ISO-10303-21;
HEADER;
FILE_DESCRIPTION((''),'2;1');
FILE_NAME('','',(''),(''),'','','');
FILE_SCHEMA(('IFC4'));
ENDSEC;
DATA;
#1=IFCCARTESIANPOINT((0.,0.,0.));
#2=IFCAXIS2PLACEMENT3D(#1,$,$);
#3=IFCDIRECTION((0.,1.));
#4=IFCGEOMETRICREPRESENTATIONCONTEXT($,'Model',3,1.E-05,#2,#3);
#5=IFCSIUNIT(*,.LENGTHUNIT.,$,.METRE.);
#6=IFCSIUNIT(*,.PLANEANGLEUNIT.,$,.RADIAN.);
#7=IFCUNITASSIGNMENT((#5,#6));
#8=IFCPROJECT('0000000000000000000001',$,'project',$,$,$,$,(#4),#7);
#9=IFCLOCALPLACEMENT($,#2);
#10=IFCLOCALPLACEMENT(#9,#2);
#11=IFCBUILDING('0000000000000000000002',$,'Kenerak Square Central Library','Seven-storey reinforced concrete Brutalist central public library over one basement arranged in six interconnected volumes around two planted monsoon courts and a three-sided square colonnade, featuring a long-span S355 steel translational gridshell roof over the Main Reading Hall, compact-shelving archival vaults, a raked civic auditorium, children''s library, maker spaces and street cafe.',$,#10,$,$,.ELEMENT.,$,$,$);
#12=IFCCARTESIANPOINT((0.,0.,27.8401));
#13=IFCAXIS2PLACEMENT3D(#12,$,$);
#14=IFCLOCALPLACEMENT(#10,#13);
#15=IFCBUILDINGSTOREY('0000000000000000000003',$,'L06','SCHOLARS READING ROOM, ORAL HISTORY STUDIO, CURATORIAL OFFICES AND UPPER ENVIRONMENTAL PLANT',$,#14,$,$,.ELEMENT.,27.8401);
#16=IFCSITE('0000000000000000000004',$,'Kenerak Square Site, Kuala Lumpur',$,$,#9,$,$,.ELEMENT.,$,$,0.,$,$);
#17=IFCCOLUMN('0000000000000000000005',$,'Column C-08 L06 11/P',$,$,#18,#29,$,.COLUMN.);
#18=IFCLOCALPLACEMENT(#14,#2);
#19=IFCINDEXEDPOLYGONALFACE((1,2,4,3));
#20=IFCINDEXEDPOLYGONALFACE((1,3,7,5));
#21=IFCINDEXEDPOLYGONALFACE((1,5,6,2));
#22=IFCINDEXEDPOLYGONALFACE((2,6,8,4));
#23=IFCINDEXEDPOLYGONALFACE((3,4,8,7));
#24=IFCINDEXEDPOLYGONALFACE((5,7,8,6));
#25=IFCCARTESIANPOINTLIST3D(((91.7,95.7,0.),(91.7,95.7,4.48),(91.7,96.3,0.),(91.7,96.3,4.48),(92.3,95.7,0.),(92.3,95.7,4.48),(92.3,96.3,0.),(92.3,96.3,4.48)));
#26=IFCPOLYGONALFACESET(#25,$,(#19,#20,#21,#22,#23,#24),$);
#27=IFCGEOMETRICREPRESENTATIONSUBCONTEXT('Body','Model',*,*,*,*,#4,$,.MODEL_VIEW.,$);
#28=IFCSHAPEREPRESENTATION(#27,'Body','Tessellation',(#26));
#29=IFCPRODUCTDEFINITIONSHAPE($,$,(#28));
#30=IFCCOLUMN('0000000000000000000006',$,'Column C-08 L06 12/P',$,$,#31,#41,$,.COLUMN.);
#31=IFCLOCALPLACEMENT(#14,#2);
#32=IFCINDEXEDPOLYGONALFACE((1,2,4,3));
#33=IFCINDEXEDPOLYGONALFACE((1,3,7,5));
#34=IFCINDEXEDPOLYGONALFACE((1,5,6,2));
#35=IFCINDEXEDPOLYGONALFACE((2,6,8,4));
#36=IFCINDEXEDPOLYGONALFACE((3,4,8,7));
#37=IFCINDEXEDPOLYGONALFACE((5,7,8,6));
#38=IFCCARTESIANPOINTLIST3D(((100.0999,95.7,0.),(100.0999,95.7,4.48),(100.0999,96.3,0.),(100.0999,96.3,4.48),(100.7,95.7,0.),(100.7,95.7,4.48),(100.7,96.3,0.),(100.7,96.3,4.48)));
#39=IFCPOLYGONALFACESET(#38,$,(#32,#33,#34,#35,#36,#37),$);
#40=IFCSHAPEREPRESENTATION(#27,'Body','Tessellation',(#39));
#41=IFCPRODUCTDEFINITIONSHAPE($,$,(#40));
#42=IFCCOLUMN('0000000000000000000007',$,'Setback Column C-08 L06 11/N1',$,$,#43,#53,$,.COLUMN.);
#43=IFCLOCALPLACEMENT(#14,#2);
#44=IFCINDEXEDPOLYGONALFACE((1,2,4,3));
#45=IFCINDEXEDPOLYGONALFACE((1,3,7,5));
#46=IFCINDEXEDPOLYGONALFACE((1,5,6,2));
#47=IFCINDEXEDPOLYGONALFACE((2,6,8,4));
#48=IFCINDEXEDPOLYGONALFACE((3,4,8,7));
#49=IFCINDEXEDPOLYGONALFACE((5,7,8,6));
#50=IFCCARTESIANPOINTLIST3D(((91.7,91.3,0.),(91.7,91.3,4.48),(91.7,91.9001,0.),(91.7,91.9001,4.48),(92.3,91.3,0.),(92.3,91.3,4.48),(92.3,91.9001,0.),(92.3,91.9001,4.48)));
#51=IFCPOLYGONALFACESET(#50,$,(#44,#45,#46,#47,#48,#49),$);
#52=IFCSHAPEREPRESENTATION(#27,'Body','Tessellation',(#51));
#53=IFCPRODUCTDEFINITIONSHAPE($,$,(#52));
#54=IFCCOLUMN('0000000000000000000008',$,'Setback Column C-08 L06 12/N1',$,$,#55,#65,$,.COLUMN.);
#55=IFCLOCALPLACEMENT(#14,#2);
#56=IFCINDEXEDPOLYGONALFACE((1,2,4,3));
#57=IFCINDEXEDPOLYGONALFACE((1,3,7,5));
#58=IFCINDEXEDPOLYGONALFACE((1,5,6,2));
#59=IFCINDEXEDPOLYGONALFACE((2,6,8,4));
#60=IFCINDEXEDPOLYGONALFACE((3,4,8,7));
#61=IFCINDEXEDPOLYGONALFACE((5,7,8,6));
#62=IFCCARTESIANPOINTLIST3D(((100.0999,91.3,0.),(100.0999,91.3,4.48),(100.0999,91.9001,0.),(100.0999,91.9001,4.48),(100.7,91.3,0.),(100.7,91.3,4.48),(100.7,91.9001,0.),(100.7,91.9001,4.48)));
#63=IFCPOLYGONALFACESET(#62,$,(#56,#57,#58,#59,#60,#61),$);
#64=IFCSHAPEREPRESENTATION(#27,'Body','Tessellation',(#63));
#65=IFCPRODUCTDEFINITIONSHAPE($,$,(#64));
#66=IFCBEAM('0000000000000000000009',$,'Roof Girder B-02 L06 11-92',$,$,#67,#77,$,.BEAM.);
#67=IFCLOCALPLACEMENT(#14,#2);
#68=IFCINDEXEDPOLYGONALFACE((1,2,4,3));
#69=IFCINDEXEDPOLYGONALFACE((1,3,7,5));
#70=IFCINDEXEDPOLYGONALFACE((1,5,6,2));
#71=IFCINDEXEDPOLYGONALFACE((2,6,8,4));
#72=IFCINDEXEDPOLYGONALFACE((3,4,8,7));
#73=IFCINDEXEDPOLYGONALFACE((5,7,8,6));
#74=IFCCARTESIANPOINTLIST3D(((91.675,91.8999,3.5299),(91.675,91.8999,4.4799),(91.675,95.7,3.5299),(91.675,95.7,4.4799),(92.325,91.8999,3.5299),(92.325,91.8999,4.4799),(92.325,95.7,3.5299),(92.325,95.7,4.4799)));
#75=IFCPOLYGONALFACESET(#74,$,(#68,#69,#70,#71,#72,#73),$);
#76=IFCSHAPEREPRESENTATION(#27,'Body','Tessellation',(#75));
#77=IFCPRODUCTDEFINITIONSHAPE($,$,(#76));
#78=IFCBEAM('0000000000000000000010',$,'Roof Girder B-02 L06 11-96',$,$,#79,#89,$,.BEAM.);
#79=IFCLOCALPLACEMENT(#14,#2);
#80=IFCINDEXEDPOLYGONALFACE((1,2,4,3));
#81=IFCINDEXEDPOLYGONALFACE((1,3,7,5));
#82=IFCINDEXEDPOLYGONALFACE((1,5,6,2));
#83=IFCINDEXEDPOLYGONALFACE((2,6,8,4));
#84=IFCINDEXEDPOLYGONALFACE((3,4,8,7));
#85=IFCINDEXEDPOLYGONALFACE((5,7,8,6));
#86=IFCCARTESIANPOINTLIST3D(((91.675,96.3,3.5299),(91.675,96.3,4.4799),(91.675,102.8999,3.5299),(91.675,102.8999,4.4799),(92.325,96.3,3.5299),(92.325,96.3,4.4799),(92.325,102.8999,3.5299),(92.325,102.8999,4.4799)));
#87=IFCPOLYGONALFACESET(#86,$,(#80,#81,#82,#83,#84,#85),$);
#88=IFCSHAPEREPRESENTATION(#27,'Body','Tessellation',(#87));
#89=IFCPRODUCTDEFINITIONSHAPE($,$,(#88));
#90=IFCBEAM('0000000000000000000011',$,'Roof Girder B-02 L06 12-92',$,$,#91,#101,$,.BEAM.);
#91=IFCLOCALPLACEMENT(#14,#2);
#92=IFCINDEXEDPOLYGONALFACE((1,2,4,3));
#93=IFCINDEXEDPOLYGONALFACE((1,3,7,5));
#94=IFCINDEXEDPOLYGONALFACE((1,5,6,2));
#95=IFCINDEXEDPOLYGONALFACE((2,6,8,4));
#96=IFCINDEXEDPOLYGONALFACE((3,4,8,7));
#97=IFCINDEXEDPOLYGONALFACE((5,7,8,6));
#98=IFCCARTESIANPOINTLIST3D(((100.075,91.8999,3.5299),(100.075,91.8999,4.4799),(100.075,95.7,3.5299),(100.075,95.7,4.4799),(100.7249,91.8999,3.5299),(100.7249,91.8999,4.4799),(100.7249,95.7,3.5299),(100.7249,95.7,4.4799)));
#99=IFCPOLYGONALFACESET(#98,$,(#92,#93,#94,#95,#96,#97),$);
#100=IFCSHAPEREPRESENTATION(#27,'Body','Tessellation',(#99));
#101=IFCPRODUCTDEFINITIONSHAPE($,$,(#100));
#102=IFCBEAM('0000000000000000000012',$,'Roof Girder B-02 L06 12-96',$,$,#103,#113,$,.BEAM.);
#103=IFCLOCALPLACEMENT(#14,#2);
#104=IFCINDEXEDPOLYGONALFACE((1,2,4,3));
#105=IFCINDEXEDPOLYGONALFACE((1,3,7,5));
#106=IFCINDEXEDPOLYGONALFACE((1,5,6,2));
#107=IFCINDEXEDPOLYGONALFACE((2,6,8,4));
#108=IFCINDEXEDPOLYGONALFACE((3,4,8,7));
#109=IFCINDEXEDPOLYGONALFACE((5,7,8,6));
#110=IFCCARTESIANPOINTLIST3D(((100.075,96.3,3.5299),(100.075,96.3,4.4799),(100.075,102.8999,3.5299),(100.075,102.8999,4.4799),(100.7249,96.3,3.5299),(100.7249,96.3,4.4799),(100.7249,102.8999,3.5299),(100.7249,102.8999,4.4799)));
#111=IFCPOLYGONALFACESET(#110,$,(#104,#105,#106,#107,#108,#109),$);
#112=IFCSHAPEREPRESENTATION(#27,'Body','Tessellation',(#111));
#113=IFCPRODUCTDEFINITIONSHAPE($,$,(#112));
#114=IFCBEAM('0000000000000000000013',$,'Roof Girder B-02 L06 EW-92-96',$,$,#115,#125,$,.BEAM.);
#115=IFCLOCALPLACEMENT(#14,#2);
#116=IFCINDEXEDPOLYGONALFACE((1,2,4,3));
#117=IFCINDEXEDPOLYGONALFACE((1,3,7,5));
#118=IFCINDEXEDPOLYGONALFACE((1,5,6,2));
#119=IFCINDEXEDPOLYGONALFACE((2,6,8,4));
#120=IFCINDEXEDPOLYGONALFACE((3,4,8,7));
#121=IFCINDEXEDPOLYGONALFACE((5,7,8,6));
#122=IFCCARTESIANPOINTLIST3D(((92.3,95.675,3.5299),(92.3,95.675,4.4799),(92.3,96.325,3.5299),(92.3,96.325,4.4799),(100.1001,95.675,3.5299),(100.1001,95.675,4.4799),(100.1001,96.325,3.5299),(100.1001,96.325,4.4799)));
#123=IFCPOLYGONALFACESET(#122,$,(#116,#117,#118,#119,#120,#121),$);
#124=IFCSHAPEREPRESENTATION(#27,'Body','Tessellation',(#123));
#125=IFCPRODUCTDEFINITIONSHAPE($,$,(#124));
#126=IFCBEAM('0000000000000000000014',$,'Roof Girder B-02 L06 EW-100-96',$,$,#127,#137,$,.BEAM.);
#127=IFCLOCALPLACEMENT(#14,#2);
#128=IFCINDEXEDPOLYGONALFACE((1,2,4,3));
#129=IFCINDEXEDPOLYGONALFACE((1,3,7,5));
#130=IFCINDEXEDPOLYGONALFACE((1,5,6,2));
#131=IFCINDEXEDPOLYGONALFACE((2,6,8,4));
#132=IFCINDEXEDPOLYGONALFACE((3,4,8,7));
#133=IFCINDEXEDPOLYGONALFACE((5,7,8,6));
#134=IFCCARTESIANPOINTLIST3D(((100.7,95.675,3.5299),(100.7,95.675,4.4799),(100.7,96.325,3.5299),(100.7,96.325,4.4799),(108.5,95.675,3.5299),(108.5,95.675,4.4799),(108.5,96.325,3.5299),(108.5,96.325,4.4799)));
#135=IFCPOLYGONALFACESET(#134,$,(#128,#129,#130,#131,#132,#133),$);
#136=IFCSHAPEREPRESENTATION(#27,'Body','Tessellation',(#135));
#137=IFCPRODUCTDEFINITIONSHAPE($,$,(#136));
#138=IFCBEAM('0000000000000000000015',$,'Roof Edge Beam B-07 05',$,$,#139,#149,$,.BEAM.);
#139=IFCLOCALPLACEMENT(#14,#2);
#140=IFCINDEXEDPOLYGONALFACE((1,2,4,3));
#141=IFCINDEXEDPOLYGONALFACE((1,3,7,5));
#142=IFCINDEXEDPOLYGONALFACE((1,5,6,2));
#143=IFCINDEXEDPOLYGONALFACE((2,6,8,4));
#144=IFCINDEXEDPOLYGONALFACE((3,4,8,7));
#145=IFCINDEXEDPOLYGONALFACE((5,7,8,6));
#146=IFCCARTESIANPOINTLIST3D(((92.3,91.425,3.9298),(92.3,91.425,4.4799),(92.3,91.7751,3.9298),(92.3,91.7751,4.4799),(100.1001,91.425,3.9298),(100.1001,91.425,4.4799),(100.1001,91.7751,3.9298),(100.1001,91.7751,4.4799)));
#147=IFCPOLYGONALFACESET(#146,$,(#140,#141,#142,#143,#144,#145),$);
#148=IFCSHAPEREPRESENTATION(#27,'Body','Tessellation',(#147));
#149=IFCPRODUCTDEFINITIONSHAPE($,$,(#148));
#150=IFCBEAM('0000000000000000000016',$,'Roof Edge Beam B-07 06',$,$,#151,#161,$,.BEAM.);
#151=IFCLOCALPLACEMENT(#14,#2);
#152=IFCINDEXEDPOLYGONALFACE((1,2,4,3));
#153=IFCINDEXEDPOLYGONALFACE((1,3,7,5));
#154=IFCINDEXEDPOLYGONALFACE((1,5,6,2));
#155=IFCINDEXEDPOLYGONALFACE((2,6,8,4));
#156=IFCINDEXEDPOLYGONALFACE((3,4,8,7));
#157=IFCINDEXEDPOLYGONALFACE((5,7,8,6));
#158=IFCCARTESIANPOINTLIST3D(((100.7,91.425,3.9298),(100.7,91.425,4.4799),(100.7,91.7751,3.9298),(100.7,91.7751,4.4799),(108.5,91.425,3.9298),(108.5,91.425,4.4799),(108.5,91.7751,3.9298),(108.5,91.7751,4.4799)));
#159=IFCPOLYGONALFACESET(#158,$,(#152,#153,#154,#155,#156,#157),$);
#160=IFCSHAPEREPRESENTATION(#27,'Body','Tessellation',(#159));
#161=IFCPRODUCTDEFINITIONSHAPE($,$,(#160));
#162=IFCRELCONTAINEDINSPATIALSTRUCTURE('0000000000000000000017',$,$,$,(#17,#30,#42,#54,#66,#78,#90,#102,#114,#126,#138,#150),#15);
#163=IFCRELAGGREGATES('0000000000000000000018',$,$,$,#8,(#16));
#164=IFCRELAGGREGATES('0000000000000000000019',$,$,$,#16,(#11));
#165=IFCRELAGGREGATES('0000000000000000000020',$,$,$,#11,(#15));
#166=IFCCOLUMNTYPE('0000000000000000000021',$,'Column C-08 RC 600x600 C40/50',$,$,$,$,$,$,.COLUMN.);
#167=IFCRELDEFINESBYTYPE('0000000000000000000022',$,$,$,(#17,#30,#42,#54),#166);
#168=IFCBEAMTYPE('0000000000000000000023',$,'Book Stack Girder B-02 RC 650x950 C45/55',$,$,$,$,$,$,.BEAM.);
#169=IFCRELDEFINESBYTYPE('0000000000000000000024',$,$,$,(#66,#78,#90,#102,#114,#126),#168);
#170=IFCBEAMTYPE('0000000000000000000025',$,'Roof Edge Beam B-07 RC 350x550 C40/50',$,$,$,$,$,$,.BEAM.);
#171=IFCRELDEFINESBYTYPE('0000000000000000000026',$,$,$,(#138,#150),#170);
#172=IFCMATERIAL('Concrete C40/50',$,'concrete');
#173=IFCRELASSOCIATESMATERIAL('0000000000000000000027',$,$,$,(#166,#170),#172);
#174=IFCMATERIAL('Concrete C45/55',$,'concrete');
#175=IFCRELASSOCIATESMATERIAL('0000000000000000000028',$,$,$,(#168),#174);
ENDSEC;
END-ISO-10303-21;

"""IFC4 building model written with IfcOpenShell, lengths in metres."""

from ifc_helpers import new_model, si_unit, direction, frame, origin, origin_2d, place, context, subcontext, project, spatial, rectangle, extrude, material, material_profile, profile_set, type_object, element, save


model = new_model("IFC4")

# Units and contexts
model_context = context("Model", 3, precision=1e-05, world=origin(), true_north=direction((0.0, 1.0)))
body_context = subcontext(model_context, "Body", "Model", "MODEL_VIEW")
ifc_project = project(units=[si_unit("LENGTHUNIT", "METRE"), si_unit("PLANEANGLEUNIT", "RADIAN")], contexts=[model_context])

# Site, building, storey
site_placement = place(None, origin())
site = spatial("IfcSite", under=ifc_project, at=site_placement, Name="Kenerak Square Site, Kuala Lumpur", CompositionType="ELEMENT", RefElevation=0.0)
building_placement = place(site_placement, origin())
building = spatial("IfcBuilding", under=site, at=building_placement, Name="Kenerak Square Central Library", Description="Seven-storey reinforced concrete Brutalist central public library over one basement arranged in six interconnected volumes around two planted monsoon courts and a three-sided square colonnade, featuring a long-span S355 steel translational gridshell roof over the Main Reading Hall, compact-shelving archival vaults, a raked civic auditorium, children's library, maker spaces and street cafe.", CompositionType="ELEMENT")
storey_placement = place(building_placement, frame((0.0, 0.0, 27.8401)))
storey = spatial("IfcBuildingStorey", under=building, at=storey_placement, Name="L06", Description="SCHOLARS READING ROOM, ORAL HISTORY STUDIO, CURATORIAL OFFICES AND UPPER ENVIRONMENTAL PLANT", CompositionType="ELEMENT", Elevation=27.8401)

# Columns
ifc_material_1 = material(Name="Concrete C40/50", Category="concrete")
ifc_material_profile_1 = material_profile(ifc_material_1, rectangle(XDim=0.6001, YDim=0.6001, at=origin_2d()), Name="RC 600x600")
ifc_profile_set_1 = profile_set([ifc_material_profile_1], Name="Concrete C40/50")
column_type = type_object("IfcColumnType", Name="Column C-08 RC 600x600 C40/50", PredefinedType="COLUMN", material=ifc_profile_set_1)
for number, where, z_axis, x_axis, name in (
    (1, (92.0, 96.0, 0.0), (0.0, 0.0, 1.0), (1.0, 0.0, 0.0), "Column C-08 L06 11/P"),
    (2, (100.3999, 96.0, 0.0), (0.0, 0.0, 1.0), (1.0, 0.0, 0.0), "Column C-08 L06 12/P"),
    (3, (92.0, 91.6001, 0.0), (0.0, 0.0, 1.0), (1.0, 0.0, 0.0), "Setback Column C-08 L06 11/N1"),
    (4, (100.3999, 91.6001, 0.0), (0.0, 0.0, 1.0), (1.0, 0.0, 0.0), "Setback Column C-08 L06 12/N1"),
):
    element("IfcColumn", number, at=place(storey_placement, frame(where, z_axis=z_axis, x_axis=x_axis)), inside=storey, type_object=column_type, Name=name, PredefinedType="COLUMN", context=body_context, shape_type="SweptSolid", body=[
        extrude(rectangle(XDim=0.6001, YDim=0.6001, at=origin_2d()), origin(), (0.0, 0.0, 1.0), 4.48),
    ])

# Beams
ifc_material_2 = material(Name="Concrete C45/55", Category="concrete")
ifc_material_profile_2 = material_profile(ifc_material_2, rectangle(XDim=0.6499, YDim=0.95, at=origin_2d()), Name="RC 650x950")
ifc_profile_set_2 = profile_set([ifc_material_profile_2], Name="Concrete C45/55")
beam_type_1 = type_object("IfcBeamType", Name="Book Stack Girder B-02 RC 650x950 C45/55", PredefinedType="BEAM", material=ifc_profile_set_2)
beam_1_placement = place(storey_placement, frame((92.0, 91.8999, 4.0049), z_axis=(0.0, 1.0, 0.0), x_axis=(-1.0, 0.0, 0.0)))
element("IfcBeam", 5, at=beam_1_placement, inside=storey, type_object=beam_type_1, Name="Roof Girder B-02 L06 11-92", PredefinedType="BEAM", context=body_context, shape_type="SweptSolid", body=[
    extrude(rectangle(XDim=0.6499, YDim=0.95, at=origin_2d()), origin(), (0.0, 0.0, 1.0), 3.8),
])
beam_2_placement = place(storey_placement, frame((92.0, 96.3, 4.0049), z_axis=(0.0, 1.0, 0.0), x_axis=(-1.0, 0.0, 0.0)))
element("IfcBeam", 6, at=beam_2_placement, inside=storey, type_object=beam_type_1, Name="Roof Girder B-02 L06 11-96", PredefinedType="BEAM", context=body_context, shape_type="SweptSolid", body=[
    extrude(rectangle(XDim=0.6499, YDim=0.95, at=origin_2d()), origin(), (0.0, 0.0, 1.0), 6.5999),
])
beam_3_placement = place(storey_placement, frame((100.3999, 91.8999, 4.0049), z_axis=(0.0, 1.0, 0.0), x_axis=(-1.0, 0.0, 0.0)))
element("IfcBeam", 7, at=beam_3_placement, inside=storey, type_object=beam_type_1, Name="Roof Girder B-02 L06 12-92", PredefinedType="BEAM", context=body_context, shape_type="SweptSolid", body=[
    extrude(rectangle(XDim=0.6499, YDim=0.95, at=origin_2d()), origin(), (0.0, 0.0, 1.0), 3.8),
])
beam_4_placement = place(storey_placement, frame((100.3999, 96.3, 4.0049), z_axis=(0.0, 1.0, 0.0), x_axis=(-1.0, 0.0, 0.0)))
element("IfcBeam", 8, at=beam_4_placement, inside=storey, type_object=beam_type_1, Name="Roof Girder B-02 L06 12-96", PredefinedType="BEAM", context=body_context, shape_type="SweptSolid", body=[
    extrude(rectangle(XDim=0.6499, YDim=0.95, at=origin_2d()), origin(), (0.0, 0.0, 1.0), 6.5999),
])
for number, where, z_axis, x_axis, name in (
    (9, (92.3, 96.0, 4.0049), (1.0, 0.0, 0.0), (0.0, 1.0, 0.0), "Roof Girder B-02 L06 EW-92-96"),
    (10, (100.7, 96.0, 4.0049), (1.0, 0.0, 0.0), (0.0, 1.0, 0.0), "Roof Girder B-02 L06 EW-100-96"),
):
    element("IfcBeam", number, at=place(storey_placement, frame(where, z_axis=z_axis, x_axis=x_axis)), inside=storey, type_object=beam_type_1, Name=name, PredefinedType="BEAM", context=body_context, shape_type="SweptSolid", body=[
        extrude(rectangle(XDim=0.6499, YDim=0.95, at=origin_2d()), origin(), (0.0, 0.0, 1.0), 7.8),
    ])
ifc_material_profile_3 = material_profile(ifc_material_1, rectangle(XDim=0.3501, YDim=0.55, at=origin_2d()), Name="RC 350x550")
ifc_profile_set_3 = profile_set([ifc_material_profile_3], Name="Concrete C40/50")
beam_type_2 = type_object("IfcBeamType", Name="Roof Edge Beam B-07 RC 350x550 C40/50", PredefinedType="BEAM", material=ifc_profile_set_3)
for number, where, z_axis, x_axis, name in (
    (11, (92.3, 91.6001, 4.2048), (1.0, 0.0, 0.0), (0.0, 1.0, 0.0), "Roof Edge Beam B-07 05"),
    (12, (100.7, 91.6001, 4.2048), (1.0, 0.0, 0.0), (0.0, 1.0, 0.0), "Roof Edge Beam B-07 06"),
):
    element("IfcBeam", number, at=place(storey_placement, frame(where, z_axis=z_axis, x_axis=x_axis)), inside=storey, type_object=beam_type_2, Name=name, PredefinedType="BEAM", context=body_context, shape_type="SweptSolid", body=[
        extrude(rectangle(XDim=0.3501, YDim=0.55, at=origin_2d()), origin(), (0.0, 0.0, 1.0), 7.8),
    ])

save(model, "model.ifc")
